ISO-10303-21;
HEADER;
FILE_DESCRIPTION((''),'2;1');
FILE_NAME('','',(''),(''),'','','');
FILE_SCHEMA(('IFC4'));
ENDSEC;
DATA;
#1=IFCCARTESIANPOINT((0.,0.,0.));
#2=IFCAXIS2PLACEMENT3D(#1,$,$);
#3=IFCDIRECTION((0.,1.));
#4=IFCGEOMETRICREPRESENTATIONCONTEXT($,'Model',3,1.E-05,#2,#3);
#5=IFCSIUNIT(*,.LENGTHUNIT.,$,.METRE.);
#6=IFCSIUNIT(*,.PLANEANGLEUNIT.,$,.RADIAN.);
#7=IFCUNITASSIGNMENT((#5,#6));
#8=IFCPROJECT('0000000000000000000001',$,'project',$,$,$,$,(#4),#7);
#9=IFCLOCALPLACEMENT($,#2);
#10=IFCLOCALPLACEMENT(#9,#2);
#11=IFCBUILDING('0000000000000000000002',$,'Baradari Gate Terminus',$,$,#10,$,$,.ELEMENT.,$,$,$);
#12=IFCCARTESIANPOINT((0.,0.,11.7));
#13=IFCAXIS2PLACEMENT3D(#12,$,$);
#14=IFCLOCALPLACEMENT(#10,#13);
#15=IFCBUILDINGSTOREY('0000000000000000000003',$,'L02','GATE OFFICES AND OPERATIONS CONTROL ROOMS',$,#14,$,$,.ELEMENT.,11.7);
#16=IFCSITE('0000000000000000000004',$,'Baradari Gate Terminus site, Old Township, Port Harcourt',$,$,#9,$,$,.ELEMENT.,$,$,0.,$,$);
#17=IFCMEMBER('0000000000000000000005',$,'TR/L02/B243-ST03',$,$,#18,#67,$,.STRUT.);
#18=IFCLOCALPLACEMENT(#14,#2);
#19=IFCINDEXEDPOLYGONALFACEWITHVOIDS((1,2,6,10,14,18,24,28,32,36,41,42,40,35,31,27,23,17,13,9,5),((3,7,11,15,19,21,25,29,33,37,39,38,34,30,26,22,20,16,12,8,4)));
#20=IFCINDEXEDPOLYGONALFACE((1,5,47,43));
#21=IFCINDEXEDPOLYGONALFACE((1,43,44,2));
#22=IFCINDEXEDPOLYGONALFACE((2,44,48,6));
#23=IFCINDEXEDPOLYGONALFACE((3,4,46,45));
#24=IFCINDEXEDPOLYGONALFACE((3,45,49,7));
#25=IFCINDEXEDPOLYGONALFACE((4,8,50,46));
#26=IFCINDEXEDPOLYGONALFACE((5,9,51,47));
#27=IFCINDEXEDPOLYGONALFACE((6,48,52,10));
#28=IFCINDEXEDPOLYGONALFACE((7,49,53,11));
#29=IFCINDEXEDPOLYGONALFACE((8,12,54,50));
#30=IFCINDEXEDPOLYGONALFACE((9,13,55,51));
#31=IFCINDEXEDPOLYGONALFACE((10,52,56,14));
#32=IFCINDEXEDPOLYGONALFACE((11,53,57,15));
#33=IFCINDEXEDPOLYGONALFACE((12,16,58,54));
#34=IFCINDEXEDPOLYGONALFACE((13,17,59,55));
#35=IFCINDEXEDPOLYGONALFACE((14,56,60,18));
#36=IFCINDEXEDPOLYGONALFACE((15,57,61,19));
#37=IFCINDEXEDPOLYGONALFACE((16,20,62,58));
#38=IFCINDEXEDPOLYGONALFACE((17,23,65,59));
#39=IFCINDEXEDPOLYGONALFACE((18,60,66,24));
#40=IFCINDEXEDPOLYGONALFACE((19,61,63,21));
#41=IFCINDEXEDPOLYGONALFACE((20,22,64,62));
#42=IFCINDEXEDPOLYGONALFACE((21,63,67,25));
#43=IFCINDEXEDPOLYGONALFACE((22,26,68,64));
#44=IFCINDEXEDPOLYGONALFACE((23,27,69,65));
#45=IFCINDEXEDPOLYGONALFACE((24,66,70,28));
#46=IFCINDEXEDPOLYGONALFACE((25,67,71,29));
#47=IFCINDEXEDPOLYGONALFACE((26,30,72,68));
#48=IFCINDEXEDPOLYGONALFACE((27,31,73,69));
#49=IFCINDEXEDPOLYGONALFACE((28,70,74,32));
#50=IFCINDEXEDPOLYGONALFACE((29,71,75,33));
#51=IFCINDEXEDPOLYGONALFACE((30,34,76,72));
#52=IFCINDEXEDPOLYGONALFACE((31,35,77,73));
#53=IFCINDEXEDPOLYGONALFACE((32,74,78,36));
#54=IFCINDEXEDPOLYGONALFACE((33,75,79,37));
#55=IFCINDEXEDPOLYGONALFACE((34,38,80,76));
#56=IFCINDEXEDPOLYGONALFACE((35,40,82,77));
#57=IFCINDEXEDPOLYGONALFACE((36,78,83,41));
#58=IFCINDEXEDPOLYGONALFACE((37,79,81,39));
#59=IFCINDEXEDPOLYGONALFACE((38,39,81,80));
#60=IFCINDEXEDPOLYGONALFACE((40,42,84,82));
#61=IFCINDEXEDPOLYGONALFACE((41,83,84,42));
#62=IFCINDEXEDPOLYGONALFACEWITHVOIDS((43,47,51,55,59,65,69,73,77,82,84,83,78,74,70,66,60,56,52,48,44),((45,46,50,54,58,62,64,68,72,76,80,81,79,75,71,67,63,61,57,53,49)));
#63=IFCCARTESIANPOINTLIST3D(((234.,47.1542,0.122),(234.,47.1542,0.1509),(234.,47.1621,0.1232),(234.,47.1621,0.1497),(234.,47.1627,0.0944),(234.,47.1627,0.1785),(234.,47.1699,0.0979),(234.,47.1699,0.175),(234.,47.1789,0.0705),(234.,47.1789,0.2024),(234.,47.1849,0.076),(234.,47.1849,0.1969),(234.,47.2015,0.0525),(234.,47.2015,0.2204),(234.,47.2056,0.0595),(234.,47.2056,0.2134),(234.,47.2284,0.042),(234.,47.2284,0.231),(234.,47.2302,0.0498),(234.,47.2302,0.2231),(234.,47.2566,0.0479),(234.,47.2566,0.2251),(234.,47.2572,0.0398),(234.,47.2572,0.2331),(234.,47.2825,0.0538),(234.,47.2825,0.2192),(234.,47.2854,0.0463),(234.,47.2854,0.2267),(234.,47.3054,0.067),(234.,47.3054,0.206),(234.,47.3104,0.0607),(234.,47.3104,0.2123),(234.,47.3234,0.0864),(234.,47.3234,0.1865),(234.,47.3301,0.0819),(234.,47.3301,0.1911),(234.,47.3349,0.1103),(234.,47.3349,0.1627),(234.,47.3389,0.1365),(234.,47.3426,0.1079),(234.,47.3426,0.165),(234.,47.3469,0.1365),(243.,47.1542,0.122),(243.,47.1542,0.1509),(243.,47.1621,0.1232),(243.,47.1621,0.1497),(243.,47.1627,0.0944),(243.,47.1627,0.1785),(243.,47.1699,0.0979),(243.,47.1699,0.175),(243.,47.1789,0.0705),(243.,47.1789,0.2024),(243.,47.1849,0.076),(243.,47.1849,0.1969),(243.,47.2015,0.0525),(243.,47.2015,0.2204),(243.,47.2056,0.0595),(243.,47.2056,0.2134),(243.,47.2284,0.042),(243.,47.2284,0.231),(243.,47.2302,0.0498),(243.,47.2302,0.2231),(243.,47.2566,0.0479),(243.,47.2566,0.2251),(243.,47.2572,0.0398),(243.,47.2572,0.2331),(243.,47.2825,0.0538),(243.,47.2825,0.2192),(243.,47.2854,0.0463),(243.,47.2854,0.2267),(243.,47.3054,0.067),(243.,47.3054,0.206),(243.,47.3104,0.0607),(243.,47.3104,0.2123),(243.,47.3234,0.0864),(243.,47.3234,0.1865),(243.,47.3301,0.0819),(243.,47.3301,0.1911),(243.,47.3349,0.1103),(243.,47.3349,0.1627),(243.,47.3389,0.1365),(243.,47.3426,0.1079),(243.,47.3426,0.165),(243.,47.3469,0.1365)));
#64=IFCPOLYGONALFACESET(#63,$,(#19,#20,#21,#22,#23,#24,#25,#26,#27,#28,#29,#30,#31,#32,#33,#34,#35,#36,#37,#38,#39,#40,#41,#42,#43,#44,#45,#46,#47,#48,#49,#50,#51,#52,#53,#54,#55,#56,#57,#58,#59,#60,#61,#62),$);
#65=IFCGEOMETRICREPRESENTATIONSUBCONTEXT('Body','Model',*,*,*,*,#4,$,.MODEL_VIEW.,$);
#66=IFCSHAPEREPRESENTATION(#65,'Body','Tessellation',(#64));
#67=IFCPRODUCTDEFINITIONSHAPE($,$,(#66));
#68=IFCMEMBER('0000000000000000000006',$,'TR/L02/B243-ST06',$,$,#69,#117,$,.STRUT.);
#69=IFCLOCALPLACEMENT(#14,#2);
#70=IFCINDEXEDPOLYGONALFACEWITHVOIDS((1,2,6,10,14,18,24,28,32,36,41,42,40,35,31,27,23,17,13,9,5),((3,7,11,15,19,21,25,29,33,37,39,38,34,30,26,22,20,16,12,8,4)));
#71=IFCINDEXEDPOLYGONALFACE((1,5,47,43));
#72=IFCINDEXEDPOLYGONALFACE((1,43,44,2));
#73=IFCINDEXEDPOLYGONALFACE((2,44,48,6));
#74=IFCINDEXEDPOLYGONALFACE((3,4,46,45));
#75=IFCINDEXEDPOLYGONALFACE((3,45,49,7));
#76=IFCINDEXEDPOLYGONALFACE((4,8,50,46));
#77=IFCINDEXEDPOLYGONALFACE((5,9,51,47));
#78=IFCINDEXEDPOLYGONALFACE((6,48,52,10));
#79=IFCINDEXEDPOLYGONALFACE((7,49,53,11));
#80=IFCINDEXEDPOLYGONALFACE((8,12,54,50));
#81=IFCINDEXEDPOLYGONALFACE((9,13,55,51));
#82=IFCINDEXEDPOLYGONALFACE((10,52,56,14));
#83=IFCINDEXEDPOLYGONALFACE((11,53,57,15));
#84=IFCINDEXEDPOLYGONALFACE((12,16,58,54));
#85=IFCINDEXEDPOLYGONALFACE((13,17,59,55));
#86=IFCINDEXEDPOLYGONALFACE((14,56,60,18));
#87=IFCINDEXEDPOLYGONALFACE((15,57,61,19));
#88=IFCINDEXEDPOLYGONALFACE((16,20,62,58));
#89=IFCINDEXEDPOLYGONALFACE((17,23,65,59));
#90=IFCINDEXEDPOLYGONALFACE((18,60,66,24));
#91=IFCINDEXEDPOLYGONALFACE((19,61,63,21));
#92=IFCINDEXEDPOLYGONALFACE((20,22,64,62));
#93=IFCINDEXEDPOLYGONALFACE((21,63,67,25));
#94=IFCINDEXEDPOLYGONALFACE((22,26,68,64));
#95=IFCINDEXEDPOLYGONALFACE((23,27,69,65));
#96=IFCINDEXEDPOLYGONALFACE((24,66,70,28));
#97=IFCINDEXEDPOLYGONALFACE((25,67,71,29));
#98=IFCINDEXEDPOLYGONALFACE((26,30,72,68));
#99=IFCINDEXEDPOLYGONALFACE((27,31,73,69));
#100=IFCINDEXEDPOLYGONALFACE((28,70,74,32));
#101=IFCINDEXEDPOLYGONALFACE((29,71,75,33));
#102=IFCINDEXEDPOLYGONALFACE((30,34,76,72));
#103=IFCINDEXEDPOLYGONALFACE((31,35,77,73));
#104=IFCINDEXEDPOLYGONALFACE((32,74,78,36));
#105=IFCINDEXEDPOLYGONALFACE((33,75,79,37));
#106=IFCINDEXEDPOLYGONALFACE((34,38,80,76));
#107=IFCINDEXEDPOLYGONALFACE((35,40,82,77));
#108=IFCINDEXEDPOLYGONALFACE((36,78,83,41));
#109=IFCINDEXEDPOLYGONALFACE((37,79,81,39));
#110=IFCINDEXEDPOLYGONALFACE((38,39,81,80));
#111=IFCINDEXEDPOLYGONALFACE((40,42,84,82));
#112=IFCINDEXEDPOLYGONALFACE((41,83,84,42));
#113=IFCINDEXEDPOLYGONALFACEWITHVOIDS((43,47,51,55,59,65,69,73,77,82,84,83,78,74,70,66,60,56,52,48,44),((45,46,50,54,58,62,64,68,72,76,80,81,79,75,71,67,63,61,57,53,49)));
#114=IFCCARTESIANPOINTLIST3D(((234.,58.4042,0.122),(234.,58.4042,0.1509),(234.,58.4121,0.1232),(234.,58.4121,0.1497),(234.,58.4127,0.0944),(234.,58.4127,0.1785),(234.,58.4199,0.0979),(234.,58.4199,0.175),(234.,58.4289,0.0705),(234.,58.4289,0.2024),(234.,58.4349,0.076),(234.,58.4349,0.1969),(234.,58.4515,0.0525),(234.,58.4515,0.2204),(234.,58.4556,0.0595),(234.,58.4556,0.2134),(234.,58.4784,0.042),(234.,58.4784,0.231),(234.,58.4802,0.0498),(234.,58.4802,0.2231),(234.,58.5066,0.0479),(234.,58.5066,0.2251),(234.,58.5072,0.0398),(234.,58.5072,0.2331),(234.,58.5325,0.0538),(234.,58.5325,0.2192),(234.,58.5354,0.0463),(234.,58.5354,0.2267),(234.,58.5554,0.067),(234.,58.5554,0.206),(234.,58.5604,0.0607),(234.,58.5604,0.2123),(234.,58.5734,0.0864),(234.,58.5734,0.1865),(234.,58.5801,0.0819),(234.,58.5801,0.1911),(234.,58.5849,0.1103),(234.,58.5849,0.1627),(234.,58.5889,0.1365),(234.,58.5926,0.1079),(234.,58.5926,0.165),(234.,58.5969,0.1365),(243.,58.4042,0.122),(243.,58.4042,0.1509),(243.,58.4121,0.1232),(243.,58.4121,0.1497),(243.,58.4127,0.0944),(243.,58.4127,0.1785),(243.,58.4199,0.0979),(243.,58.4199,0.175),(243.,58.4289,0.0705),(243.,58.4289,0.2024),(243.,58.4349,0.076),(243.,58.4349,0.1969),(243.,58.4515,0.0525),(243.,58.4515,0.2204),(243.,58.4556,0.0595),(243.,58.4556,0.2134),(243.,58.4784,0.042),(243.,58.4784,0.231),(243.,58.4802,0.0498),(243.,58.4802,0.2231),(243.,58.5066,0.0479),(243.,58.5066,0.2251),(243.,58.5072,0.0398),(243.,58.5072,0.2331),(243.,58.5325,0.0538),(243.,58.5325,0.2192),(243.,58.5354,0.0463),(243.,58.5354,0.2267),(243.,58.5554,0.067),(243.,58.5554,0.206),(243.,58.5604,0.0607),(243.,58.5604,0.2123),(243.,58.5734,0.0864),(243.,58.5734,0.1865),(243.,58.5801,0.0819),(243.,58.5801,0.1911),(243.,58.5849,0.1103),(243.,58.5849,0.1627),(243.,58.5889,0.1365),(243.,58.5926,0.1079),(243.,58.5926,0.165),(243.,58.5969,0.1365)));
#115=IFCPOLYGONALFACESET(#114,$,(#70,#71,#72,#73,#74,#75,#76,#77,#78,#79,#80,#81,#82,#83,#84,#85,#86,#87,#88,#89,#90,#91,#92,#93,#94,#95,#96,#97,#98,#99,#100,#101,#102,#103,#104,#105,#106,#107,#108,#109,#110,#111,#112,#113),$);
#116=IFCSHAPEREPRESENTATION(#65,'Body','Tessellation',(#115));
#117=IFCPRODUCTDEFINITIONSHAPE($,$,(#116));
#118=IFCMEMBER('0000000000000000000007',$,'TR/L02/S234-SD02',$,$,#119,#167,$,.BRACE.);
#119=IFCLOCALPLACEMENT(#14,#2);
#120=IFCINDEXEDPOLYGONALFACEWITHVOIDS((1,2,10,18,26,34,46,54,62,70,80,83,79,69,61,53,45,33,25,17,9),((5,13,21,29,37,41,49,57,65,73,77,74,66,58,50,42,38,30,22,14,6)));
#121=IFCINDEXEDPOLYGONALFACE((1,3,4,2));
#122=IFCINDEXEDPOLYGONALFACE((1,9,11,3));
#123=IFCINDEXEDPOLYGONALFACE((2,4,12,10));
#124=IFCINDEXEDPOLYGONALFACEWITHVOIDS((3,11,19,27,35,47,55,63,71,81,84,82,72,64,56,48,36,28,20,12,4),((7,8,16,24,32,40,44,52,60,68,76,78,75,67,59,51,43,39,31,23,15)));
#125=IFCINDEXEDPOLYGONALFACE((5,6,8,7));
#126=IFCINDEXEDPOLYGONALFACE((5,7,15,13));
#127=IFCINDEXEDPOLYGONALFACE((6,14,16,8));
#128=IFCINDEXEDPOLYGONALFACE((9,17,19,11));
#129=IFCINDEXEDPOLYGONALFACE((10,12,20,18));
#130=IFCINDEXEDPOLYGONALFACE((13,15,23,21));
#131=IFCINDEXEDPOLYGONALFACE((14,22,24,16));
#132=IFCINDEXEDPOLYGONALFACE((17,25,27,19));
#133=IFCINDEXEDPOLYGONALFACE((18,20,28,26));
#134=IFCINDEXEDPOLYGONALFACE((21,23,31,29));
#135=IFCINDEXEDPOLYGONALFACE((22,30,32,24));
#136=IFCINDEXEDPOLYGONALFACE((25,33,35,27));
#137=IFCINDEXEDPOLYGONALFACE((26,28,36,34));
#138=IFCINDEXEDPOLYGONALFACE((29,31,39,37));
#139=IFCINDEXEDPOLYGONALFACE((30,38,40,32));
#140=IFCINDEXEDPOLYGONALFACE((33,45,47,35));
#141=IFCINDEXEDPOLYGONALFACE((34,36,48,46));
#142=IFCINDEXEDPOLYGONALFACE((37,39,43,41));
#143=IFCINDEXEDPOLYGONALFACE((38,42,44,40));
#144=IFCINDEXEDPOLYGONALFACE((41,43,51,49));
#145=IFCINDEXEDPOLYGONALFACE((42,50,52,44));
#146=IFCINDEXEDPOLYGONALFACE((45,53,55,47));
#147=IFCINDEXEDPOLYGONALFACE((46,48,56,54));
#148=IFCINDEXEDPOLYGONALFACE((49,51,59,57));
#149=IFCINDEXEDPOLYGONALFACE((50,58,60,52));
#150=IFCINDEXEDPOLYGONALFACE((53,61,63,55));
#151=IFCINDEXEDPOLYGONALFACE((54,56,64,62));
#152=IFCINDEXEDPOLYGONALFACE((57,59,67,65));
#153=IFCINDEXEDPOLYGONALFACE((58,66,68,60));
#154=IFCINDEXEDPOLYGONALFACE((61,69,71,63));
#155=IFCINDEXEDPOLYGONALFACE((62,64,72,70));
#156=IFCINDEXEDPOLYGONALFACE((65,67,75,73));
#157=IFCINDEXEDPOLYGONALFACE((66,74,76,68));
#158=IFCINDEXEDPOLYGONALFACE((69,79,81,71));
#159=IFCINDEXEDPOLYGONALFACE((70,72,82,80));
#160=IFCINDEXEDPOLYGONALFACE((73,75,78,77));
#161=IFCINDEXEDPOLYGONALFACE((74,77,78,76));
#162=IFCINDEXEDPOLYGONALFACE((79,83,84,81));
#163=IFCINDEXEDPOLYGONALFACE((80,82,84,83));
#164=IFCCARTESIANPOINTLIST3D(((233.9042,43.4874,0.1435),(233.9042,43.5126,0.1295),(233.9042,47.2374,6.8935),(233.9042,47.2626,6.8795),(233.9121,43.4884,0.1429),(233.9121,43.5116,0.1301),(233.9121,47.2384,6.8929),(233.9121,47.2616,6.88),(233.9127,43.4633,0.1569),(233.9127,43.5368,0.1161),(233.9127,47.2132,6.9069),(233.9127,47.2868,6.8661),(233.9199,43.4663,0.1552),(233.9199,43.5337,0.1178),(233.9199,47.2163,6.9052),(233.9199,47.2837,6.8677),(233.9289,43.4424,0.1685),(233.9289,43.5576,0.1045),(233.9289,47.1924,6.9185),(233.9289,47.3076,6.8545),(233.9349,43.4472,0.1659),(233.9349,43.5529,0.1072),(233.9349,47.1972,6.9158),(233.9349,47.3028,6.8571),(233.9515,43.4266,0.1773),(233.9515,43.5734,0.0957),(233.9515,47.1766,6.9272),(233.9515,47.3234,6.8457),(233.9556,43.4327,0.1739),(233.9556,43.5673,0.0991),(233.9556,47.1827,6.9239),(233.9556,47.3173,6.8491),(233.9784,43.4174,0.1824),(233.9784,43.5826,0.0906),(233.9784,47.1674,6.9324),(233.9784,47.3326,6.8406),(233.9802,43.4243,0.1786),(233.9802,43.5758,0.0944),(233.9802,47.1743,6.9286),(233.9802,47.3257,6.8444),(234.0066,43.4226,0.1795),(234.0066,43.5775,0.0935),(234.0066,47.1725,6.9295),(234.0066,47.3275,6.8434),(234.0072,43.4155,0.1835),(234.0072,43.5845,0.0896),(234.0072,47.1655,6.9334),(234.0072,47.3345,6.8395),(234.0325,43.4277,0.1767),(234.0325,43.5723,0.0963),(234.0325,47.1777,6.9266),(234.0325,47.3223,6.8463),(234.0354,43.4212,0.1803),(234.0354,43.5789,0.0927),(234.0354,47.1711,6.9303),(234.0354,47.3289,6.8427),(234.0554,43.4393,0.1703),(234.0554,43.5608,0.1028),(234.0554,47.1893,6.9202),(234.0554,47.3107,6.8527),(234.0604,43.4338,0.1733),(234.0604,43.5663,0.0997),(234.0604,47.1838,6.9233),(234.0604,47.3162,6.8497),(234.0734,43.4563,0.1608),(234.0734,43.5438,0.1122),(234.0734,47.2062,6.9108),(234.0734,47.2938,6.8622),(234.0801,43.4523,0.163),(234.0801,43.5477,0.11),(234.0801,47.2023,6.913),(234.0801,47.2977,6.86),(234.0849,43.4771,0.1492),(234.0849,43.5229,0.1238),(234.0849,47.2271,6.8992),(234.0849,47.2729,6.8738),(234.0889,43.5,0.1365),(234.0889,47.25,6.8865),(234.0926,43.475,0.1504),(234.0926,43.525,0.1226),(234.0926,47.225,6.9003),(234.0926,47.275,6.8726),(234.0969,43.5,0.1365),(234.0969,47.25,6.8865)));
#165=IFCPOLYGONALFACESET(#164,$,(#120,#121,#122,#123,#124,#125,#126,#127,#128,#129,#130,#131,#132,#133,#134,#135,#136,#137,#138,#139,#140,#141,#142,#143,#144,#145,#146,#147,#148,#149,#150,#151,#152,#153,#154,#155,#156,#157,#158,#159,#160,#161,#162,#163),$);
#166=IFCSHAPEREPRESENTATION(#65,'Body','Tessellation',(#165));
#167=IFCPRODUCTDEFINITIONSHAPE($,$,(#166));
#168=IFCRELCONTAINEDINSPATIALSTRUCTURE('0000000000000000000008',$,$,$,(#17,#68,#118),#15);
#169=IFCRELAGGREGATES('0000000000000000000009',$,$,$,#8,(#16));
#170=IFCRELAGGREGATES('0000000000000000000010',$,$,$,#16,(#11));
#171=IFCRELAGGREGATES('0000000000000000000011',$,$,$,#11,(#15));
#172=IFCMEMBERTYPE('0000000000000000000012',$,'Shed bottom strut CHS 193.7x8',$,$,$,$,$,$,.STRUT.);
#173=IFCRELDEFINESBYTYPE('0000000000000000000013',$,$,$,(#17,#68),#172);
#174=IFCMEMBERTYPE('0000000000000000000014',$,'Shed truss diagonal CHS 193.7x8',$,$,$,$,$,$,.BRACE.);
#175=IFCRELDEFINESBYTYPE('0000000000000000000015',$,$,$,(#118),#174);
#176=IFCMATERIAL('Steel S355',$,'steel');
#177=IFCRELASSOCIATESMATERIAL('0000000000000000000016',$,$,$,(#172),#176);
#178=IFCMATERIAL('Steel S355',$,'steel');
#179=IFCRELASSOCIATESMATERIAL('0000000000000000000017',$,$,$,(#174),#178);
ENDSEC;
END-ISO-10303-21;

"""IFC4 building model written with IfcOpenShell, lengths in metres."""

from ifc_helpers import new_model, si_unit, direction, frame, origin, origin_2d, place, context, subcontext, project, spatial, hollow_circle, extrude, material, material_profile, profile_set, type_object, element, save


model = new_model("IFC4")

# Units and contexts
model_context = context("Model", 3, precision=1e-05, world=origin(), true_north=direction((0.0, 1.0)))
body_context = subcontext(model_context, "Body", "Model", "MODEL_VIEW")
ifc_project = project(units=[si_unit("LENGTHUNIT", "METRE"), si_unit("PLANEANGLEUNIT", "RADIAN")], contexts=[model_context])

# Site, building, storey
site_placement = place(None, origin())
site = spatial("IfcSite", under=ifc_project, at=site_placement, Name="Baradari Gate Terminus site, Old Township, Port Harcourt", CompositionType="ELEMENT", RefElevation=0.0)
building_placement = place(site_placement, origin())
building = spatial("IfcBuilding", under=site, at=building_placement, Name="Baradari Gate Terminus", CompositionType="ELEMENT")
storey_placement = place(building_placement, frame((0.0, 0.0, 11.7)))
storey = spatial("IfcBuildingStorey", under=building, at=storey_placement, Name="L02", Description="GATE OFFICES AND OPERATIONS CONTROL ROOMS", CompositionType="ELEMENT", Elevation=11.7)

# Members
ifc_material_1 = material(Name="Steel S355", Category="steel")
ifc_material_profile_1 = material_profile(ifc_material_1, hollow_circle(Radius=0.0969, WallThickness=0.0081, at=origin_2d()), Name="CHS 193.7x8")
ifc_profile_set_1 = profile_set([ifc_material_profile_1], Name="Steel S355")
member_type_1 = type_object("IfcMemberType", Name="Shed bottom strut CHS 193.7x8", PredefinedType="STRUT", material=ifc_profile_set_1)
for number, where, z_axis, x_axis, name in (
    (1, (234.0, 47.25, 0.1365), (1.0, 0.0, 0.0), (0.0, 1.0, 0.0), "TR/L02/B243-ST03"),
    (2, (234.0, 58.5, 0.1365), (1.0, 0.0, 0.0), (0.0, 1.0, 0.0), "TR/L02/B243-ST06"),
):
    element("IfcMember", number, at=place(storey_placement, frame(where, z_axis=z_axis, x_axis=x_axis)), inside=storey, type_object=member_type_1, Name=name, PredefinedType="STRUT", context=body_context, shape_type="SweptSolid", body=[
        extrude(hollow_circle(Radius=0.0969, WallThickness=0.0081, at=origin_2d()), origin(), (0.0, 0.0, 1.0), 9.0),
    ])
ifc_material_2 = material(Name="Steel S355", Category="steel")
ifc_material_profile_2 = material_profile(ifc_material_2, hollow_circle(Radius=0.0969, WallThickness=0.0081, at=origin_2d()), Name="CHS 193.7x8")
ifc_profile_set_2 = profile_set([ifc_material_profile_2], Name="Steel S355")
member_type_2 = type_object("IfcMemberType", Name="Shed truss diagonal CHS 193.7x8", PredefinedType="BRACE", material=ifc_profile_set_2)
for number, where, z_axis, x_axis, name in (
    (3, (234.0, 47.25, 6.8865), (0.0, -0.485643, -0.874157), (1.0, 0.0, 0.0), "TR/L02/S234-SD02"),
):
    element("IfcMember", number, at=place(storey_placement, frame(where, z_axis=z_axis, x_axis=x_axis)), inside=storey, type_object=member_type_2, Name=name, PredefinedType="BRACE", context=body_context, shape_type="SweptSolid", body=[
        extrude(hollow_circle(Radius=0.0969, WallThickness=0.0081, at=origin_2d()), origin(), (0.0, 0.0, 1.0), 7.7217),
    ])

save(model, "model.ifc")
